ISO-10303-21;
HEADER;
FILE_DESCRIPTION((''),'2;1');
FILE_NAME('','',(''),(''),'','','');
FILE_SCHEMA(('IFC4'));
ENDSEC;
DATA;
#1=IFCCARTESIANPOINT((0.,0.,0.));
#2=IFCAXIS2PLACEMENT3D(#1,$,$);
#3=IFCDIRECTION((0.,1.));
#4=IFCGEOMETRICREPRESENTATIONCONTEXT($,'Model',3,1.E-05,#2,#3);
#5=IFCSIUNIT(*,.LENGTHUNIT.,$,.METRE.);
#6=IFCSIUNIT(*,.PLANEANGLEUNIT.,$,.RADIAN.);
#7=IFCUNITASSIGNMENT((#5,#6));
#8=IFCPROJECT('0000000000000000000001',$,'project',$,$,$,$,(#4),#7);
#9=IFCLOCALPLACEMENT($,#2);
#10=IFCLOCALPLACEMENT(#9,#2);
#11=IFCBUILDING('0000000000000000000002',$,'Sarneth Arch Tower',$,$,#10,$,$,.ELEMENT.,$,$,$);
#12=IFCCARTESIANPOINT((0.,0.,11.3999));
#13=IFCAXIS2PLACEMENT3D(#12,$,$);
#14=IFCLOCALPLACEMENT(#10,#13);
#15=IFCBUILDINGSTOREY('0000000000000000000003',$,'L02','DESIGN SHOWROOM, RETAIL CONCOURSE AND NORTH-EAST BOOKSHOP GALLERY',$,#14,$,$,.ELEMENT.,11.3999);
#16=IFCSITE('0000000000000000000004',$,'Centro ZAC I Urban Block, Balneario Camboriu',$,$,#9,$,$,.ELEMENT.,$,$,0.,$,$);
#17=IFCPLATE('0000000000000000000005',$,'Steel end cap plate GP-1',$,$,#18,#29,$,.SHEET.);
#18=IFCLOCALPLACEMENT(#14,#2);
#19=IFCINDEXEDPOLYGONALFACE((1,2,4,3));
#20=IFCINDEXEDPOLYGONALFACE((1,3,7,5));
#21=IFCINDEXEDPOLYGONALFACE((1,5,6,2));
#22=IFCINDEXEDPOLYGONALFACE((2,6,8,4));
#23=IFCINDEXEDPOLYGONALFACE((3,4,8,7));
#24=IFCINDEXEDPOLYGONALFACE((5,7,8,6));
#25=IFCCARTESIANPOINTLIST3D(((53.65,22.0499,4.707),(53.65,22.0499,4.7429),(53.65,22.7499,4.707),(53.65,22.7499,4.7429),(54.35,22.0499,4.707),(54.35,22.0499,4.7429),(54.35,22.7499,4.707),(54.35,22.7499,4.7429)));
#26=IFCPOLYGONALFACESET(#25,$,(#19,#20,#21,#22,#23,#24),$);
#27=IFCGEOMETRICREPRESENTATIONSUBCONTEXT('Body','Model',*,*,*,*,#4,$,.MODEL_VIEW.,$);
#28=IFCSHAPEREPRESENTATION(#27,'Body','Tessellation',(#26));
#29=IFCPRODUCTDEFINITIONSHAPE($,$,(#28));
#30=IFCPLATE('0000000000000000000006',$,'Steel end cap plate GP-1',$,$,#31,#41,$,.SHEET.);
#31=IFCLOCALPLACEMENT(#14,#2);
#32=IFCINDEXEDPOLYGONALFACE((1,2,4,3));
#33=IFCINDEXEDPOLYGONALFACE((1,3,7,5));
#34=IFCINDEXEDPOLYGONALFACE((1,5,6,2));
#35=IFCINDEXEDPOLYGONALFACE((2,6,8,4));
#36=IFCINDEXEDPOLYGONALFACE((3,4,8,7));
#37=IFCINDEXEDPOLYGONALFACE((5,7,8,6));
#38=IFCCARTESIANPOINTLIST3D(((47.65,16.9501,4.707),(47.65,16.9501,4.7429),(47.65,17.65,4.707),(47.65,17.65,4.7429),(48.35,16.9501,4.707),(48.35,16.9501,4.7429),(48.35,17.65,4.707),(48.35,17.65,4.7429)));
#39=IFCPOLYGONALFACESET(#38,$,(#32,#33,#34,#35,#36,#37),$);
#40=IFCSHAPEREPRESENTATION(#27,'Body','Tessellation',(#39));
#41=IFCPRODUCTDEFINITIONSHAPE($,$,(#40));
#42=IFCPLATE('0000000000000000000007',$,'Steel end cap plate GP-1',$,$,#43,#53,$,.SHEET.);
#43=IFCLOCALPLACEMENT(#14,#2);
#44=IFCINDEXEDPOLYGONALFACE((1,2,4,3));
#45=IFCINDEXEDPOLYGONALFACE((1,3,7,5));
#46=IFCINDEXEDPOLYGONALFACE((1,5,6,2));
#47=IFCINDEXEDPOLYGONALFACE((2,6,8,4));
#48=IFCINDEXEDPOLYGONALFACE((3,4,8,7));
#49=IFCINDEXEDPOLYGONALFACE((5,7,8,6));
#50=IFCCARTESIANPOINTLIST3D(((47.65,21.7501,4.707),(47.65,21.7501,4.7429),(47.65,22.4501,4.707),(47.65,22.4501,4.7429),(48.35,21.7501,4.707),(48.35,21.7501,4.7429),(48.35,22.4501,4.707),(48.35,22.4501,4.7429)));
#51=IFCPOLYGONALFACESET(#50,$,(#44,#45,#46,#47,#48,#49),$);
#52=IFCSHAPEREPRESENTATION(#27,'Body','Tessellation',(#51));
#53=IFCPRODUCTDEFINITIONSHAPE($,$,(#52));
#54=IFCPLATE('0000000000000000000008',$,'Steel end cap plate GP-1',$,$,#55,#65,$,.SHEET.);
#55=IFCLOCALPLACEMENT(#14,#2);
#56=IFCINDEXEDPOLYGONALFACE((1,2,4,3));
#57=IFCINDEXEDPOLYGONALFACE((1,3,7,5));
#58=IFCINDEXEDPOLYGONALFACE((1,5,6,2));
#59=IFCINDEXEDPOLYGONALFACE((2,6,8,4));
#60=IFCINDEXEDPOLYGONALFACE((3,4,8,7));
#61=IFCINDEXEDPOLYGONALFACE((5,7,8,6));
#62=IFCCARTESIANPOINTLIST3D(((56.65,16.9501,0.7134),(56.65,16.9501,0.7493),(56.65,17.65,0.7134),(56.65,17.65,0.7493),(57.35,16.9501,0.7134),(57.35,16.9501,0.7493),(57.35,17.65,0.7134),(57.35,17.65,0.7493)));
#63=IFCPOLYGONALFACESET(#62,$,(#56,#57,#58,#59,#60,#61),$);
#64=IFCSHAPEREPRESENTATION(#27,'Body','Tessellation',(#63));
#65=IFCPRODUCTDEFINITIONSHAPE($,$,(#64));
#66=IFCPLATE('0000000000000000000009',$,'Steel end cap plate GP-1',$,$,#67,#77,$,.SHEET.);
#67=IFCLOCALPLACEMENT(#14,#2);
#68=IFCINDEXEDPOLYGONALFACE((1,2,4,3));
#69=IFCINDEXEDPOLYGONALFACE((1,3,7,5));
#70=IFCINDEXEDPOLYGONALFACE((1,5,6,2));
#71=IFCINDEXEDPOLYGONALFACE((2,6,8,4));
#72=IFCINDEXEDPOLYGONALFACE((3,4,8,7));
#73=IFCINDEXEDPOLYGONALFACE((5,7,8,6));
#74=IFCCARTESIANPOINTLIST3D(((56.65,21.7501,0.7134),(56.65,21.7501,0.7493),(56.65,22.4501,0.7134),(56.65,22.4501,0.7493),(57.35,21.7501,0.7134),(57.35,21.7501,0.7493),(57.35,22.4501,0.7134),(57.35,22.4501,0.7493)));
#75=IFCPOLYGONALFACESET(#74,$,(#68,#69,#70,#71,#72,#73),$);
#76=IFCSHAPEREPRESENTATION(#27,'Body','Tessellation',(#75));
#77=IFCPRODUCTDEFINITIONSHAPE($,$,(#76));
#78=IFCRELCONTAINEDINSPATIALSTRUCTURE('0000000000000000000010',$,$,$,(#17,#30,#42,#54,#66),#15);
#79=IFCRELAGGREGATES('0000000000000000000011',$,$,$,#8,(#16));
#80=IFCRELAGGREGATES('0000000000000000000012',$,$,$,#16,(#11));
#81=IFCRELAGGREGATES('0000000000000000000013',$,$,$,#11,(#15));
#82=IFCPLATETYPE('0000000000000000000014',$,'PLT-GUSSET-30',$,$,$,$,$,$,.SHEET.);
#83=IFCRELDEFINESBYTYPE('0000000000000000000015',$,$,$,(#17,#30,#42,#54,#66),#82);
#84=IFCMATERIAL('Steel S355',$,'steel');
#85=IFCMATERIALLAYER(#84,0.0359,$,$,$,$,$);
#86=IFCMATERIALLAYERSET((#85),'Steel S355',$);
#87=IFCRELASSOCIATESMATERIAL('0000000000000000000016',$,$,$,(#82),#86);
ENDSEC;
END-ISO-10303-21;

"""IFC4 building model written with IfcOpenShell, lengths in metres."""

from ifc_helpers import new_model, si_unit, direction, frame, origin, origin_2d, place, context, subcontext, project, spatial, rectangle, extrude, material, layer, layer_set, type_object, element, save


model = new_model("IFC4")

# Units and contexts
model_context = context("Model", 3, precision=1e-05, world=origin(), true_north=direction((0.0, 1.0)))
body_context = subcontext(model_context, "Body", "Model", "MODEL_VIEW")
ifc_project = project(units=[si_unit("LENGTHUNIT", "METRE"), si_unit("PLANEANGLEUNIT", "RADIAN")], contexts=[model_context])

# Site, building, storey
site_placement = place(None, origin())
site = spatial("IfcSite", under=ifc_project, at=site_placement, Name="Centro ZAC I Urban Block, Balneario Camboriu", CompositionType="ELEMENT", RefElevation=0.0)
building_placement = place(site_placement, origin())
building = spatial("IfcBuilding", under=site, at=building_placement, Name="Sarneth Arch Tower", CompositionType="ELEMENT")
storey_placement = place(building_placement, frame((0.0, 0.0, 11.3999)))
storey = spatial("IfcBuildingStorey", under=building, at=storey_placement, Name="L02", Description="DESIGN SHOWROOM, RETAIL CONCOURSE AND NORTH-EAST BOOKSHOP GALLERY", CompositionType="ELEMENT", Elevation=11.3999)

# Plates
ifc_material_1 = material(Name="Steel S355", Category="steel")
ifc_layer = layer(ifc_material_1, 0.0359)
ifc_layer_set = layer_set([ifc_layer], Name="Steel S355")
plate_type = type_object("IfcPlateType", Name="PLT-GUSSET-30", PredefinedType="SHEET", material=ifc_layer_set)
for number, where, z_axis, x_axis, name in (
    (1, (54.0, 22.3999, 4.707), (0.0, 0.0, 1.0), (1.0, 0.0, 0.0), "Steel end cap plate GP-1"),
    (2, (48.0, 17.3, 4.707), (0.0, 0.0, 1.0), (0.0, -1.0, 0.0), "Steel end cap plate GP-1"),
    (3, (48.0, 22.1001, 4.707), (0.0, 0.0, 1.0), (0.0, 1.0, 0.0), "Steel end cap plate GP-1"),
    (4, (57.0, 17.3, 0.7134), (0.0, 0.0, 1.0), (0.0, -1.0, 0.0), "Steel end cap plate GP-1"),
    (5, (57.0, 22.1001, 0.7134), (0.0, 0.0, 1.0), (0.0, 1.0, 0.0), "Steel end cap plate GP-1"),
):
    element("IfcPlate", number, at=place(storey_placement, frame(where, z_axis=z_axis, x_axis=x_axis)), inside=storey, type_object=plate_type, Name=name, PredefinedType="SHEET", context=body_context, shape_type="SweptSolid", body=[
        extrude(rectangle(XDim=0.7, YDim=0.7, at=origin_2d()), origin(), (0.0, 0.0, 1.0), 0.0359),
    ])

save(model, "model.ifc")
